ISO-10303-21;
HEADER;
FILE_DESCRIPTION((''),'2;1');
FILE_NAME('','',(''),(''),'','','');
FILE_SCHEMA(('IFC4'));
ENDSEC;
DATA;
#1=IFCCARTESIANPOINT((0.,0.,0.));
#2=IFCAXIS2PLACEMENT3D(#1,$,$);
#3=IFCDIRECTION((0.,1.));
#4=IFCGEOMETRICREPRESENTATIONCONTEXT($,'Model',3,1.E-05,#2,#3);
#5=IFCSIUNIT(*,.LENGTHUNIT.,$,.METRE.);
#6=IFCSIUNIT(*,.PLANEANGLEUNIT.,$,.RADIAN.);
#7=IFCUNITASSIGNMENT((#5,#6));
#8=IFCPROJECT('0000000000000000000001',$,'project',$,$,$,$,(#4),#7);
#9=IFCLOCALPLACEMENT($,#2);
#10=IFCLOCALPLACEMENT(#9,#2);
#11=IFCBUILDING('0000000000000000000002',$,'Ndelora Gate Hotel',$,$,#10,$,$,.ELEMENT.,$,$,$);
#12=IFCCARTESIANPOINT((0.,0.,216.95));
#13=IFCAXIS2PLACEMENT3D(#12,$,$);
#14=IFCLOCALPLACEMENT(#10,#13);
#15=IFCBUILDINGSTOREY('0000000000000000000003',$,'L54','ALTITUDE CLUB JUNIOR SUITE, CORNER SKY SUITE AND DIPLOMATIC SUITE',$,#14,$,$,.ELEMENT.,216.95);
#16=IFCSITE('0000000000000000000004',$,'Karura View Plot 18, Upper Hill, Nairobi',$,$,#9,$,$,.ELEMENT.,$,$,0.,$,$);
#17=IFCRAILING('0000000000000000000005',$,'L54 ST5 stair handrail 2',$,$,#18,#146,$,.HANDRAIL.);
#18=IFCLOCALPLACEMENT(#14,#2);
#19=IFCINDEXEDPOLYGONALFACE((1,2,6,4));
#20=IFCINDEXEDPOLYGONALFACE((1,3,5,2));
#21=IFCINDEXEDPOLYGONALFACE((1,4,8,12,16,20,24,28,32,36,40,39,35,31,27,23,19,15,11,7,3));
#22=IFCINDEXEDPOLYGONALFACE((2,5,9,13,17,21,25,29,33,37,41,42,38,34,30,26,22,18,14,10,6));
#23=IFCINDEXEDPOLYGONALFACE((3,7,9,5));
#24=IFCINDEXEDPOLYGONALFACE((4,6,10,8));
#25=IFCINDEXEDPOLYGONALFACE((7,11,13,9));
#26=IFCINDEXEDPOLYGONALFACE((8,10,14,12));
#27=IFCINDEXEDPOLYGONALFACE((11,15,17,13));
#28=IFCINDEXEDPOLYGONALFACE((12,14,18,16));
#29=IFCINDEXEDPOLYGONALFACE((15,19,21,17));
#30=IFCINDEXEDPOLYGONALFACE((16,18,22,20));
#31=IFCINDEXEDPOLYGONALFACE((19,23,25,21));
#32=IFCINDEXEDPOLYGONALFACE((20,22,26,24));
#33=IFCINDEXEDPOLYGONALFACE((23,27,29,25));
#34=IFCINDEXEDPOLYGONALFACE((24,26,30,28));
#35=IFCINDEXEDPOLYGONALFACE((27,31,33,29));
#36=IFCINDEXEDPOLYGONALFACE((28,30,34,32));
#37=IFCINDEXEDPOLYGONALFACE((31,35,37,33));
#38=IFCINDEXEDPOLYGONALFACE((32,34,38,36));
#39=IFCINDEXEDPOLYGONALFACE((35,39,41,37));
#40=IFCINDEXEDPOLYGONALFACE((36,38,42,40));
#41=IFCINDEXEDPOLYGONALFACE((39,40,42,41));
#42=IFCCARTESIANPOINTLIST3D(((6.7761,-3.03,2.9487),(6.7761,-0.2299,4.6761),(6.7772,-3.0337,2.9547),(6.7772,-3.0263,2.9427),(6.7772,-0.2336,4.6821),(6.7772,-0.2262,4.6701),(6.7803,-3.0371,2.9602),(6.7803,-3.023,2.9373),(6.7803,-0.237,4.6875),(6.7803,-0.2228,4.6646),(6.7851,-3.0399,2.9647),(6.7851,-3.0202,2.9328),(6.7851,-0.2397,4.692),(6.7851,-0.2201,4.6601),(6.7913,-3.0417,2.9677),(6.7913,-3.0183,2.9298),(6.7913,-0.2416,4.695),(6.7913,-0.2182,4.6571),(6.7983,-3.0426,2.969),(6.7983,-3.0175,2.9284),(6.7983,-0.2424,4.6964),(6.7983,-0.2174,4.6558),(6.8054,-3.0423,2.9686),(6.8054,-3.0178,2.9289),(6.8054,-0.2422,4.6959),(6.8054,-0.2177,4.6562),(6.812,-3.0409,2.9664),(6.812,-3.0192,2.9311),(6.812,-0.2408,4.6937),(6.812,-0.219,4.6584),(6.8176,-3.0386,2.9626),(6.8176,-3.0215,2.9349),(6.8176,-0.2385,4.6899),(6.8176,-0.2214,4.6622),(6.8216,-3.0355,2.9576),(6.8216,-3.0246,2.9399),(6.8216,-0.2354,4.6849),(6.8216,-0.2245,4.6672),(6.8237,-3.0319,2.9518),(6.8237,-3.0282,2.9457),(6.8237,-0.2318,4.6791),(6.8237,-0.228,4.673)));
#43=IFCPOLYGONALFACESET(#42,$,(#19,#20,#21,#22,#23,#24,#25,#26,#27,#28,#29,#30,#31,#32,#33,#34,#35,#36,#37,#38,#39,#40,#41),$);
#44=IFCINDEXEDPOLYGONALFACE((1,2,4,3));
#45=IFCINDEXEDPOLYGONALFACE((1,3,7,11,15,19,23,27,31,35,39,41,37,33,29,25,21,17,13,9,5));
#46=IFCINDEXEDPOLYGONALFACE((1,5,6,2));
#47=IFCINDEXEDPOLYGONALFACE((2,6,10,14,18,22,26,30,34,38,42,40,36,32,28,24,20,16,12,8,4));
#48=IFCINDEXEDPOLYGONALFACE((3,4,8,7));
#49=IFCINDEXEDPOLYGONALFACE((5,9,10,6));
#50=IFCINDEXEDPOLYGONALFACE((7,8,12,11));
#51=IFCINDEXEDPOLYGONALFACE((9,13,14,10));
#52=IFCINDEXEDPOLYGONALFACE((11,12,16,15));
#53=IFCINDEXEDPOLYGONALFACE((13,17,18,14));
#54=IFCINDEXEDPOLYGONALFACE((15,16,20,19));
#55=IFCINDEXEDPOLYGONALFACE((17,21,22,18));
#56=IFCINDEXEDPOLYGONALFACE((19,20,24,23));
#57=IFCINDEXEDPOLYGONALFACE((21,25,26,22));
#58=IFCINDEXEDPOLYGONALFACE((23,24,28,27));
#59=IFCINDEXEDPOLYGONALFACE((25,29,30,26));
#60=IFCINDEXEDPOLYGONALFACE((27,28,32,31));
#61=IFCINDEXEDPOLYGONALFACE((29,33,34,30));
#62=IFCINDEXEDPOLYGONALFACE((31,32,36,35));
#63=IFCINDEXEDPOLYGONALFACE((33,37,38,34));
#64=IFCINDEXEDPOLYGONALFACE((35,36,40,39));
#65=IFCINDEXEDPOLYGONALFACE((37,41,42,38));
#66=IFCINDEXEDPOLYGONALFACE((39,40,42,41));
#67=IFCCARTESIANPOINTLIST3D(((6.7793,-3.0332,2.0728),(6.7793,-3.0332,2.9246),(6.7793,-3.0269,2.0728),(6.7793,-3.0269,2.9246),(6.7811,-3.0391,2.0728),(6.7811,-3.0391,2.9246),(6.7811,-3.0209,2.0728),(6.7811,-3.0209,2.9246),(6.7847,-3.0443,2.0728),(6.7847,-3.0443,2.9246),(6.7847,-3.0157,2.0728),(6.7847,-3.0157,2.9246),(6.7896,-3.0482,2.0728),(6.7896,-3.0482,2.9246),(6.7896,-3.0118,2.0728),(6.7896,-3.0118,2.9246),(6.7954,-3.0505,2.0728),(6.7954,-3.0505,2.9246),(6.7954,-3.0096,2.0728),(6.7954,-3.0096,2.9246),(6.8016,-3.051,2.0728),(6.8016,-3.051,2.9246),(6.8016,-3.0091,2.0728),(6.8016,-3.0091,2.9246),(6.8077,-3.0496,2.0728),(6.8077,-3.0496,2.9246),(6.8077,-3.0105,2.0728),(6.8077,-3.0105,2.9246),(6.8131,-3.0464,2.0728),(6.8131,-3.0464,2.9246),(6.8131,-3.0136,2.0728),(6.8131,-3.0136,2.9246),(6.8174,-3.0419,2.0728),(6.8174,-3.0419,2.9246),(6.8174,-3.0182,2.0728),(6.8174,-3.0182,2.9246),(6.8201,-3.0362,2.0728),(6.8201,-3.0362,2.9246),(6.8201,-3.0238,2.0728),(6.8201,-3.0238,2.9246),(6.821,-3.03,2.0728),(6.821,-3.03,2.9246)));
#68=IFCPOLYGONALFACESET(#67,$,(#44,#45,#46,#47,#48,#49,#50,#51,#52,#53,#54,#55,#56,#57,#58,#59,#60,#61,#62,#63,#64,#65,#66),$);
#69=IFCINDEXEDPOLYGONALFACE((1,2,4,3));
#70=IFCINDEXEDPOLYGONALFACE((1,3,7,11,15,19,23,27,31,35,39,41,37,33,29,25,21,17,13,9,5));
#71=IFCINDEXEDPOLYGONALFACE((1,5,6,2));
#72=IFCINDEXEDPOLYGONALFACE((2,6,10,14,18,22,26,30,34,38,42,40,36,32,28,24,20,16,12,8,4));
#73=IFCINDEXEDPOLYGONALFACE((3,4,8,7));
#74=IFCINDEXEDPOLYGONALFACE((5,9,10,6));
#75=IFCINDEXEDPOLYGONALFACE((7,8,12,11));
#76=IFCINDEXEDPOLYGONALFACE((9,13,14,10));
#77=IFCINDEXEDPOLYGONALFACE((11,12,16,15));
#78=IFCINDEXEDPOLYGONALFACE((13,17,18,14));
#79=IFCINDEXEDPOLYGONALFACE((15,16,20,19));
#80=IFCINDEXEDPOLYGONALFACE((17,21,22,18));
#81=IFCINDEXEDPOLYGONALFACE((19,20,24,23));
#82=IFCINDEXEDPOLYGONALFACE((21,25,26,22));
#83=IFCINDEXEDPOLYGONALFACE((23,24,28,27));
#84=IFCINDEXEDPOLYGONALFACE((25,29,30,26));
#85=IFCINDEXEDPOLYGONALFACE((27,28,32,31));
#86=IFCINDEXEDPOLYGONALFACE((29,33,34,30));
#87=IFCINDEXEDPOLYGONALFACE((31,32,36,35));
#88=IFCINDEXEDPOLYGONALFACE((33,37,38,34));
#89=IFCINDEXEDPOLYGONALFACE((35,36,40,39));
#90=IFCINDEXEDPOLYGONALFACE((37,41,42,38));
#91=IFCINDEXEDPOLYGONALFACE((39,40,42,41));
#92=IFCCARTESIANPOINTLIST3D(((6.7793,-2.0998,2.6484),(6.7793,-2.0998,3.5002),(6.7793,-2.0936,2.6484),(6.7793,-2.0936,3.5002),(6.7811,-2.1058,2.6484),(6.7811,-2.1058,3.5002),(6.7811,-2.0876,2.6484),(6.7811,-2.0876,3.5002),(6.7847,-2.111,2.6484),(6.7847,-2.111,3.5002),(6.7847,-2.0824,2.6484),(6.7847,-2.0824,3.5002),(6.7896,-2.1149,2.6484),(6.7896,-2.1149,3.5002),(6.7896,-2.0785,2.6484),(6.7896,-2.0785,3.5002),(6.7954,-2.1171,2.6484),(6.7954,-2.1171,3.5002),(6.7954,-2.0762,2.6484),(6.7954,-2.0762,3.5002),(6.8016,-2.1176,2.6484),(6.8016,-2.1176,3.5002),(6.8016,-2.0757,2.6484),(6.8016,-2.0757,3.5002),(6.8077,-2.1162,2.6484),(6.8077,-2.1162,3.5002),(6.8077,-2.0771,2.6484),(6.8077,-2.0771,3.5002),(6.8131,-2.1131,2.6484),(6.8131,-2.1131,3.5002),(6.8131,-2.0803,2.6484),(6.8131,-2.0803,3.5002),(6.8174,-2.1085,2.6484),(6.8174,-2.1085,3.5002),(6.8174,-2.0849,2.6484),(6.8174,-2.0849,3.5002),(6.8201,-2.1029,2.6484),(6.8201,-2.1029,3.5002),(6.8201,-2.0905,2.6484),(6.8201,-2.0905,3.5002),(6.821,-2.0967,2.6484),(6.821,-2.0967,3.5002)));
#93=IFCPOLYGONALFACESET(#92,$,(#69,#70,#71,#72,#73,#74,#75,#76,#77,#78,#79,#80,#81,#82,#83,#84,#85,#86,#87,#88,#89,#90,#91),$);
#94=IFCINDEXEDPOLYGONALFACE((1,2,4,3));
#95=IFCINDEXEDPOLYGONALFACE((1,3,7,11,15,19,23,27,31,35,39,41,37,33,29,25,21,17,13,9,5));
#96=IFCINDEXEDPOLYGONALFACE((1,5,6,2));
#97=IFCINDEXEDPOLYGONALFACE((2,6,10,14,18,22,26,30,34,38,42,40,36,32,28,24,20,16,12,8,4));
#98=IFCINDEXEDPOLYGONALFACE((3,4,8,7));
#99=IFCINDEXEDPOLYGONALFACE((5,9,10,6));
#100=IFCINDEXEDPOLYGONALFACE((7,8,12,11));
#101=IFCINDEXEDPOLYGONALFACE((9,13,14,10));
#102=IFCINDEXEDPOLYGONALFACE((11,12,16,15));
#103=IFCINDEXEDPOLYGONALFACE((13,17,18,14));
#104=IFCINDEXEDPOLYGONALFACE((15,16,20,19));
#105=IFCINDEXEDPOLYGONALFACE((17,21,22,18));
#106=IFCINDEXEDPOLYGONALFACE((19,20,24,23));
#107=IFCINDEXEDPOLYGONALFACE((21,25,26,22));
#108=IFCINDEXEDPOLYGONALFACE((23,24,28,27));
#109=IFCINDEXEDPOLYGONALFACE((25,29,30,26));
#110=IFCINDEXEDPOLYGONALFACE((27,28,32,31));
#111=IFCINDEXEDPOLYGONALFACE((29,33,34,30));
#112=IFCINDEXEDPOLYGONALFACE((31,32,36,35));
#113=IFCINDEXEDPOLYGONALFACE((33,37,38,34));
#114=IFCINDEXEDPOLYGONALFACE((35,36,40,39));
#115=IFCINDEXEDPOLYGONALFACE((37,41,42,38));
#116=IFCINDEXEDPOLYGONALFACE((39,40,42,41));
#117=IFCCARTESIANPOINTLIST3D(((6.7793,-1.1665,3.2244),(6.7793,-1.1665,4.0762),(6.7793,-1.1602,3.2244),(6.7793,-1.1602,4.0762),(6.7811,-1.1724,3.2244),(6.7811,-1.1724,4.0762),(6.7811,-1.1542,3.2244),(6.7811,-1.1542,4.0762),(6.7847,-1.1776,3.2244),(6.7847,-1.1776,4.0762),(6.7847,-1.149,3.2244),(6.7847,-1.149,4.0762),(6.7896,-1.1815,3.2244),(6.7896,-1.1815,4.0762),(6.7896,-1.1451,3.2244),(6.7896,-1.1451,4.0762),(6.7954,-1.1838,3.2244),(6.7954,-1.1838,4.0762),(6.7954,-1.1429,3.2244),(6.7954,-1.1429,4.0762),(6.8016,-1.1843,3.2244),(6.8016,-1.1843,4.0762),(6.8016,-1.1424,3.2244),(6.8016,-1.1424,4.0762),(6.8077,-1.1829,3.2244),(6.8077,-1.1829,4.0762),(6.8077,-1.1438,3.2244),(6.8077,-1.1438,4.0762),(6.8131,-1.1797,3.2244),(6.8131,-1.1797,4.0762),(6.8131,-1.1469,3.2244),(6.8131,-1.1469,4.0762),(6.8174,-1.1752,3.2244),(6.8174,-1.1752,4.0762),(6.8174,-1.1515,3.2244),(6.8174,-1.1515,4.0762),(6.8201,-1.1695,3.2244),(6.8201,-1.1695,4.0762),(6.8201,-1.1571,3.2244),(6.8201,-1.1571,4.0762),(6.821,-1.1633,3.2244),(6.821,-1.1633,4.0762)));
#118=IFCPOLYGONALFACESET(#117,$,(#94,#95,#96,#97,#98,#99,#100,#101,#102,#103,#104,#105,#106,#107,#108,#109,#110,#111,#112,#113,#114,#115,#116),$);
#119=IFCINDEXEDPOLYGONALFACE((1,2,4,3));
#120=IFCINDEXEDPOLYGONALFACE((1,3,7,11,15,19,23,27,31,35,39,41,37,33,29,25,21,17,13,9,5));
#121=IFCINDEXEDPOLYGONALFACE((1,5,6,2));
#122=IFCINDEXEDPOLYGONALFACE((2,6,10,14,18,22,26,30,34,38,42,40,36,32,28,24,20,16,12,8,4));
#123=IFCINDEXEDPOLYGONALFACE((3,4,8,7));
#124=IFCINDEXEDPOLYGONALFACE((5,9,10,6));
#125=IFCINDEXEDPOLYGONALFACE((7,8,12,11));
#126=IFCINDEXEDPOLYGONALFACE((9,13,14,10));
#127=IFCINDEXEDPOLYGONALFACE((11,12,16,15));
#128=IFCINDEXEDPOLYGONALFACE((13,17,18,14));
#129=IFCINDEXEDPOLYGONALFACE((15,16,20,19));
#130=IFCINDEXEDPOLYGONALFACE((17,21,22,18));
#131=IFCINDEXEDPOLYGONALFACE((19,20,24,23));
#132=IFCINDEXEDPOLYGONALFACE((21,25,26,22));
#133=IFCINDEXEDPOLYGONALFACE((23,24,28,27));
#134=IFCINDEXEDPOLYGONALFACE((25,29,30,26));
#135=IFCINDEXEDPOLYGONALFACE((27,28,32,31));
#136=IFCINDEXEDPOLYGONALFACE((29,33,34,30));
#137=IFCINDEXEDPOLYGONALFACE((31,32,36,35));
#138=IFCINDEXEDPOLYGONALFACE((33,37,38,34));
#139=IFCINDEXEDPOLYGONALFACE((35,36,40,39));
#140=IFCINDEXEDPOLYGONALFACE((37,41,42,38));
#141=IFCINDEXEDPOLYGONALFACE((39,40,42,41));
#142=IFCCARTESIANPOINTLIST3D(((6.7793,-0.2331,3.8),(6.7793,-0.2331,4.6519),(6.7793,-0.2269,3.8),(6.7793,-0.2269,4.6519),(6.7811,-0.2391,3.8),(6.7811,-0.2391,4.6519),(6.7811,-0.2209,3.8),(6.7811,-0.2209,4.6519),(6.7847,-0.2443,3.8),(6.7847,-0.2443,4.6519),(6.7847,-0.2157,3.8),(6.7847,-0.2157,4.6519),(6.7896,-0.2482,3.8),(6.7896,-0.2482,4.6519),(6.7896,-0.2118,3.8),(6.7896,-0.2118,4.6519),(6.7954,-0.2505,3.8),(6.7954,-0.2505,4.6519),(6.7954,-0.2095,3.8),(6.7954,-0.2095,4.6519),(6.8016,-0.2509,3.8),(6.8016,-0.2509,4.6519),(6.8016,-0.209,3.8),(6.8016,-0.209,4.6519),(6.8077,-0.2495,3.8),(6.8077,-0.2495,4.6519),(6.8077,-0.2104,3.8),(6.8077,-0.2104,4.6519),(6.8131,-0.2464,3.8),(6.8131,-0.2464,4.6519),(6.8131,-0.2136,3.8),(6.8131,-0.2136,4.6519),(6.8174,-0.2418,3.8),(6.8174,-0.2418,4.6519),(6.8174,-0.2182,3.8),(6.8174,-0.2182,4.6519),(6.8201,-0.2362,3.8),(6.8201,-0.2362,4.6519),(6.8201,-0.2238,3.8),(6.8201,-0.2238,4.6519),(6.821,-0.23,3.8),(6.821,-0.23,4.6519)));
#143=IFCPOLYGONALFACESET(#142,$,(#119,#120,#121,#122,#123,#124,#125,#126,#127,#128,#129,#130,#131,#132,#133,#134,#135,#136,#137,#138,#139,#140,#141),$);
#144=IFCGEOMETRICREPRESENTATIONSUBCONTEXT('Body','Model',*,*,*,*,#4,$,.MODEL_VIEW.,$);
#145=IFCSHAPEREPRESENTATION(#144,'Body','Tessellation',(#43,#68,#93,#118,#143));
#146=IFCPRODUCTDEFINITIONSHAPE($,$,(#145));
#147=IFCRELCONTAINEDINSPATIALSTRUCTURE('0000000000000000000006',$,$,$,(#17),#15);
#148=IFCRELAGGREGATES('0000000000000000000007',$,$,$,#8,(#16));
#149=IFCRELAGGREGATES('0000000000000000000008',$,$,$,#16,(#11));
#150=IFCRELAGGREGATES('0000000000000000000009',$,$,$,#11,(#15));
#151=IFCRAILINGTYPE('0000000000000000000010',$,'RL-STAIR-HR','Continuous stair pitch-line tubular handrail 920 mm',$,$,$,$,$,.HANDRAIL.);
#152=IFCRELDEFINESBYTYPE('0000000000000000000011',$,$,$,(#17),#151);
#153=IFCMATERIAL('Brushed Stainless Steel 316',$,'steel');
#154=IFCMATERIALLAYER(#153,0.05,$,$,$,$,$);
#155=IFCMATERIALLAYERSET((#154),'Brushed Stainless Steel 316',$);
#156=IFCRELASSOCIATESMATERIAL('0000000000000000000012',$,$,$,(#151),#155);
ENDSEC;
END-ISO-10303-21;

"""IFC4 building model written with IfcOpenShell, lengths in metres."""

from ifc_helpers import new_model, si_unit, direction, frame, origin, origin_2d, place, context, subcontext, project, spatial, circle, extrude, material, layer, layer_set, type_object, element, save


model = new_model("IFC4")

# Units and contexts
model_context = context("Model", 3, precision=1e-05, world=origin(), true_north=direction((0.0, 1.0)))
body_context = subcontext(model_context, "Body", "Model", "MODEL_VIEW")
ifc_project = project(units=[si_unit("LENGTHUNIT", "METRE"), si_unit("PLANEANGLEUNIT", "RADIAN")], contexts=[model_context])

# Site, building, storey
site_placement = place(None, origin())
site = spatial("IfcSite", under=ifc_project, at=site_placement, Name="Karura View Plot 18, Upper Hill, Nairobi", CompositionType="ELEMENT", RefElevation=0.0)
building_placement = place(site_placement, origin())
building = spatial("IfcBuilding", under=site, at=building_placement, Name="Ndelora Gate Hotel", CompositionType="ELEMENT")
storey_placement = place(building_placement, frame((0.0, 0.0, 216.95)))
storey = spatial("IfcBuildingStorey", under=building, at=storey_placement, Name="L54", Description="ALTITUDE CLUB JUNIOR SUITE, CORNER SKY SUITE AND DIPLOMATIC SUITE", CompositionType="ELEMENT", Elevation=216.95)

# Railing
ifc_material_1 = material(Name="Brushed Stainless Steel 316", Category="steel")
ifc_layer_1 = layer(ifc_material_1, 0.05)
ifc_layer_set_1 = layer_set([ifc_layer_1], Name="Brushed Stainless Steel 316")
railing_type_1 = type_object("IfcRailingType", Name="RL-STAIR-HR", Description="Continuous stair pitch-line tubular handrail 920 mm", PredefinedType="HANDRAIL", material=ifc_layer_set_1)
railing_1_placement = place(storey_placement, frame((6.8, -3.03, 2.0728)))
element("IfcRailing", 1, at=railing_1_placement, inside=storey, type_object=railing_type_1, Name="L54 ST5 stair handrail 2", PredefinedType="HANDRAIL", context=body_context, shape_type="SweptSolid", body=[
    extrude(circle(Radius=0.0239, at=origin_2d()), frame((0.0, 0.0, 0.876), z_axis=(0.0, 0.85109, 0.52502), x_axis=(-1.0, 0.0, 0.0)), (0.0, 0.0, 1.0), 3.29),
    extrude(circle(Radius=0.021, at=origin_2d()), origin(), (0.0, 0.0, 1.0), 0.8518),
    extrude(circle(Radius=0.021, at=origin_2d()), frame((0.0, 0.9333, 0.5757)), (0.0, 0.0, 1.0), 0.8518),
    extrude(circle(Radius=0.021, at=origin_2d()), frame((0.0, 1.8667, 1.1516)), (0.0, 0.0, 1.0), 0.8518),
    extrude(circle(Radius=0.021, at=origin_2d()), frame((0.0, 2.8, 1.7273)), (0.0, 0.0, 1.0), 0.8518),
])

save(model, "model.ifc")
